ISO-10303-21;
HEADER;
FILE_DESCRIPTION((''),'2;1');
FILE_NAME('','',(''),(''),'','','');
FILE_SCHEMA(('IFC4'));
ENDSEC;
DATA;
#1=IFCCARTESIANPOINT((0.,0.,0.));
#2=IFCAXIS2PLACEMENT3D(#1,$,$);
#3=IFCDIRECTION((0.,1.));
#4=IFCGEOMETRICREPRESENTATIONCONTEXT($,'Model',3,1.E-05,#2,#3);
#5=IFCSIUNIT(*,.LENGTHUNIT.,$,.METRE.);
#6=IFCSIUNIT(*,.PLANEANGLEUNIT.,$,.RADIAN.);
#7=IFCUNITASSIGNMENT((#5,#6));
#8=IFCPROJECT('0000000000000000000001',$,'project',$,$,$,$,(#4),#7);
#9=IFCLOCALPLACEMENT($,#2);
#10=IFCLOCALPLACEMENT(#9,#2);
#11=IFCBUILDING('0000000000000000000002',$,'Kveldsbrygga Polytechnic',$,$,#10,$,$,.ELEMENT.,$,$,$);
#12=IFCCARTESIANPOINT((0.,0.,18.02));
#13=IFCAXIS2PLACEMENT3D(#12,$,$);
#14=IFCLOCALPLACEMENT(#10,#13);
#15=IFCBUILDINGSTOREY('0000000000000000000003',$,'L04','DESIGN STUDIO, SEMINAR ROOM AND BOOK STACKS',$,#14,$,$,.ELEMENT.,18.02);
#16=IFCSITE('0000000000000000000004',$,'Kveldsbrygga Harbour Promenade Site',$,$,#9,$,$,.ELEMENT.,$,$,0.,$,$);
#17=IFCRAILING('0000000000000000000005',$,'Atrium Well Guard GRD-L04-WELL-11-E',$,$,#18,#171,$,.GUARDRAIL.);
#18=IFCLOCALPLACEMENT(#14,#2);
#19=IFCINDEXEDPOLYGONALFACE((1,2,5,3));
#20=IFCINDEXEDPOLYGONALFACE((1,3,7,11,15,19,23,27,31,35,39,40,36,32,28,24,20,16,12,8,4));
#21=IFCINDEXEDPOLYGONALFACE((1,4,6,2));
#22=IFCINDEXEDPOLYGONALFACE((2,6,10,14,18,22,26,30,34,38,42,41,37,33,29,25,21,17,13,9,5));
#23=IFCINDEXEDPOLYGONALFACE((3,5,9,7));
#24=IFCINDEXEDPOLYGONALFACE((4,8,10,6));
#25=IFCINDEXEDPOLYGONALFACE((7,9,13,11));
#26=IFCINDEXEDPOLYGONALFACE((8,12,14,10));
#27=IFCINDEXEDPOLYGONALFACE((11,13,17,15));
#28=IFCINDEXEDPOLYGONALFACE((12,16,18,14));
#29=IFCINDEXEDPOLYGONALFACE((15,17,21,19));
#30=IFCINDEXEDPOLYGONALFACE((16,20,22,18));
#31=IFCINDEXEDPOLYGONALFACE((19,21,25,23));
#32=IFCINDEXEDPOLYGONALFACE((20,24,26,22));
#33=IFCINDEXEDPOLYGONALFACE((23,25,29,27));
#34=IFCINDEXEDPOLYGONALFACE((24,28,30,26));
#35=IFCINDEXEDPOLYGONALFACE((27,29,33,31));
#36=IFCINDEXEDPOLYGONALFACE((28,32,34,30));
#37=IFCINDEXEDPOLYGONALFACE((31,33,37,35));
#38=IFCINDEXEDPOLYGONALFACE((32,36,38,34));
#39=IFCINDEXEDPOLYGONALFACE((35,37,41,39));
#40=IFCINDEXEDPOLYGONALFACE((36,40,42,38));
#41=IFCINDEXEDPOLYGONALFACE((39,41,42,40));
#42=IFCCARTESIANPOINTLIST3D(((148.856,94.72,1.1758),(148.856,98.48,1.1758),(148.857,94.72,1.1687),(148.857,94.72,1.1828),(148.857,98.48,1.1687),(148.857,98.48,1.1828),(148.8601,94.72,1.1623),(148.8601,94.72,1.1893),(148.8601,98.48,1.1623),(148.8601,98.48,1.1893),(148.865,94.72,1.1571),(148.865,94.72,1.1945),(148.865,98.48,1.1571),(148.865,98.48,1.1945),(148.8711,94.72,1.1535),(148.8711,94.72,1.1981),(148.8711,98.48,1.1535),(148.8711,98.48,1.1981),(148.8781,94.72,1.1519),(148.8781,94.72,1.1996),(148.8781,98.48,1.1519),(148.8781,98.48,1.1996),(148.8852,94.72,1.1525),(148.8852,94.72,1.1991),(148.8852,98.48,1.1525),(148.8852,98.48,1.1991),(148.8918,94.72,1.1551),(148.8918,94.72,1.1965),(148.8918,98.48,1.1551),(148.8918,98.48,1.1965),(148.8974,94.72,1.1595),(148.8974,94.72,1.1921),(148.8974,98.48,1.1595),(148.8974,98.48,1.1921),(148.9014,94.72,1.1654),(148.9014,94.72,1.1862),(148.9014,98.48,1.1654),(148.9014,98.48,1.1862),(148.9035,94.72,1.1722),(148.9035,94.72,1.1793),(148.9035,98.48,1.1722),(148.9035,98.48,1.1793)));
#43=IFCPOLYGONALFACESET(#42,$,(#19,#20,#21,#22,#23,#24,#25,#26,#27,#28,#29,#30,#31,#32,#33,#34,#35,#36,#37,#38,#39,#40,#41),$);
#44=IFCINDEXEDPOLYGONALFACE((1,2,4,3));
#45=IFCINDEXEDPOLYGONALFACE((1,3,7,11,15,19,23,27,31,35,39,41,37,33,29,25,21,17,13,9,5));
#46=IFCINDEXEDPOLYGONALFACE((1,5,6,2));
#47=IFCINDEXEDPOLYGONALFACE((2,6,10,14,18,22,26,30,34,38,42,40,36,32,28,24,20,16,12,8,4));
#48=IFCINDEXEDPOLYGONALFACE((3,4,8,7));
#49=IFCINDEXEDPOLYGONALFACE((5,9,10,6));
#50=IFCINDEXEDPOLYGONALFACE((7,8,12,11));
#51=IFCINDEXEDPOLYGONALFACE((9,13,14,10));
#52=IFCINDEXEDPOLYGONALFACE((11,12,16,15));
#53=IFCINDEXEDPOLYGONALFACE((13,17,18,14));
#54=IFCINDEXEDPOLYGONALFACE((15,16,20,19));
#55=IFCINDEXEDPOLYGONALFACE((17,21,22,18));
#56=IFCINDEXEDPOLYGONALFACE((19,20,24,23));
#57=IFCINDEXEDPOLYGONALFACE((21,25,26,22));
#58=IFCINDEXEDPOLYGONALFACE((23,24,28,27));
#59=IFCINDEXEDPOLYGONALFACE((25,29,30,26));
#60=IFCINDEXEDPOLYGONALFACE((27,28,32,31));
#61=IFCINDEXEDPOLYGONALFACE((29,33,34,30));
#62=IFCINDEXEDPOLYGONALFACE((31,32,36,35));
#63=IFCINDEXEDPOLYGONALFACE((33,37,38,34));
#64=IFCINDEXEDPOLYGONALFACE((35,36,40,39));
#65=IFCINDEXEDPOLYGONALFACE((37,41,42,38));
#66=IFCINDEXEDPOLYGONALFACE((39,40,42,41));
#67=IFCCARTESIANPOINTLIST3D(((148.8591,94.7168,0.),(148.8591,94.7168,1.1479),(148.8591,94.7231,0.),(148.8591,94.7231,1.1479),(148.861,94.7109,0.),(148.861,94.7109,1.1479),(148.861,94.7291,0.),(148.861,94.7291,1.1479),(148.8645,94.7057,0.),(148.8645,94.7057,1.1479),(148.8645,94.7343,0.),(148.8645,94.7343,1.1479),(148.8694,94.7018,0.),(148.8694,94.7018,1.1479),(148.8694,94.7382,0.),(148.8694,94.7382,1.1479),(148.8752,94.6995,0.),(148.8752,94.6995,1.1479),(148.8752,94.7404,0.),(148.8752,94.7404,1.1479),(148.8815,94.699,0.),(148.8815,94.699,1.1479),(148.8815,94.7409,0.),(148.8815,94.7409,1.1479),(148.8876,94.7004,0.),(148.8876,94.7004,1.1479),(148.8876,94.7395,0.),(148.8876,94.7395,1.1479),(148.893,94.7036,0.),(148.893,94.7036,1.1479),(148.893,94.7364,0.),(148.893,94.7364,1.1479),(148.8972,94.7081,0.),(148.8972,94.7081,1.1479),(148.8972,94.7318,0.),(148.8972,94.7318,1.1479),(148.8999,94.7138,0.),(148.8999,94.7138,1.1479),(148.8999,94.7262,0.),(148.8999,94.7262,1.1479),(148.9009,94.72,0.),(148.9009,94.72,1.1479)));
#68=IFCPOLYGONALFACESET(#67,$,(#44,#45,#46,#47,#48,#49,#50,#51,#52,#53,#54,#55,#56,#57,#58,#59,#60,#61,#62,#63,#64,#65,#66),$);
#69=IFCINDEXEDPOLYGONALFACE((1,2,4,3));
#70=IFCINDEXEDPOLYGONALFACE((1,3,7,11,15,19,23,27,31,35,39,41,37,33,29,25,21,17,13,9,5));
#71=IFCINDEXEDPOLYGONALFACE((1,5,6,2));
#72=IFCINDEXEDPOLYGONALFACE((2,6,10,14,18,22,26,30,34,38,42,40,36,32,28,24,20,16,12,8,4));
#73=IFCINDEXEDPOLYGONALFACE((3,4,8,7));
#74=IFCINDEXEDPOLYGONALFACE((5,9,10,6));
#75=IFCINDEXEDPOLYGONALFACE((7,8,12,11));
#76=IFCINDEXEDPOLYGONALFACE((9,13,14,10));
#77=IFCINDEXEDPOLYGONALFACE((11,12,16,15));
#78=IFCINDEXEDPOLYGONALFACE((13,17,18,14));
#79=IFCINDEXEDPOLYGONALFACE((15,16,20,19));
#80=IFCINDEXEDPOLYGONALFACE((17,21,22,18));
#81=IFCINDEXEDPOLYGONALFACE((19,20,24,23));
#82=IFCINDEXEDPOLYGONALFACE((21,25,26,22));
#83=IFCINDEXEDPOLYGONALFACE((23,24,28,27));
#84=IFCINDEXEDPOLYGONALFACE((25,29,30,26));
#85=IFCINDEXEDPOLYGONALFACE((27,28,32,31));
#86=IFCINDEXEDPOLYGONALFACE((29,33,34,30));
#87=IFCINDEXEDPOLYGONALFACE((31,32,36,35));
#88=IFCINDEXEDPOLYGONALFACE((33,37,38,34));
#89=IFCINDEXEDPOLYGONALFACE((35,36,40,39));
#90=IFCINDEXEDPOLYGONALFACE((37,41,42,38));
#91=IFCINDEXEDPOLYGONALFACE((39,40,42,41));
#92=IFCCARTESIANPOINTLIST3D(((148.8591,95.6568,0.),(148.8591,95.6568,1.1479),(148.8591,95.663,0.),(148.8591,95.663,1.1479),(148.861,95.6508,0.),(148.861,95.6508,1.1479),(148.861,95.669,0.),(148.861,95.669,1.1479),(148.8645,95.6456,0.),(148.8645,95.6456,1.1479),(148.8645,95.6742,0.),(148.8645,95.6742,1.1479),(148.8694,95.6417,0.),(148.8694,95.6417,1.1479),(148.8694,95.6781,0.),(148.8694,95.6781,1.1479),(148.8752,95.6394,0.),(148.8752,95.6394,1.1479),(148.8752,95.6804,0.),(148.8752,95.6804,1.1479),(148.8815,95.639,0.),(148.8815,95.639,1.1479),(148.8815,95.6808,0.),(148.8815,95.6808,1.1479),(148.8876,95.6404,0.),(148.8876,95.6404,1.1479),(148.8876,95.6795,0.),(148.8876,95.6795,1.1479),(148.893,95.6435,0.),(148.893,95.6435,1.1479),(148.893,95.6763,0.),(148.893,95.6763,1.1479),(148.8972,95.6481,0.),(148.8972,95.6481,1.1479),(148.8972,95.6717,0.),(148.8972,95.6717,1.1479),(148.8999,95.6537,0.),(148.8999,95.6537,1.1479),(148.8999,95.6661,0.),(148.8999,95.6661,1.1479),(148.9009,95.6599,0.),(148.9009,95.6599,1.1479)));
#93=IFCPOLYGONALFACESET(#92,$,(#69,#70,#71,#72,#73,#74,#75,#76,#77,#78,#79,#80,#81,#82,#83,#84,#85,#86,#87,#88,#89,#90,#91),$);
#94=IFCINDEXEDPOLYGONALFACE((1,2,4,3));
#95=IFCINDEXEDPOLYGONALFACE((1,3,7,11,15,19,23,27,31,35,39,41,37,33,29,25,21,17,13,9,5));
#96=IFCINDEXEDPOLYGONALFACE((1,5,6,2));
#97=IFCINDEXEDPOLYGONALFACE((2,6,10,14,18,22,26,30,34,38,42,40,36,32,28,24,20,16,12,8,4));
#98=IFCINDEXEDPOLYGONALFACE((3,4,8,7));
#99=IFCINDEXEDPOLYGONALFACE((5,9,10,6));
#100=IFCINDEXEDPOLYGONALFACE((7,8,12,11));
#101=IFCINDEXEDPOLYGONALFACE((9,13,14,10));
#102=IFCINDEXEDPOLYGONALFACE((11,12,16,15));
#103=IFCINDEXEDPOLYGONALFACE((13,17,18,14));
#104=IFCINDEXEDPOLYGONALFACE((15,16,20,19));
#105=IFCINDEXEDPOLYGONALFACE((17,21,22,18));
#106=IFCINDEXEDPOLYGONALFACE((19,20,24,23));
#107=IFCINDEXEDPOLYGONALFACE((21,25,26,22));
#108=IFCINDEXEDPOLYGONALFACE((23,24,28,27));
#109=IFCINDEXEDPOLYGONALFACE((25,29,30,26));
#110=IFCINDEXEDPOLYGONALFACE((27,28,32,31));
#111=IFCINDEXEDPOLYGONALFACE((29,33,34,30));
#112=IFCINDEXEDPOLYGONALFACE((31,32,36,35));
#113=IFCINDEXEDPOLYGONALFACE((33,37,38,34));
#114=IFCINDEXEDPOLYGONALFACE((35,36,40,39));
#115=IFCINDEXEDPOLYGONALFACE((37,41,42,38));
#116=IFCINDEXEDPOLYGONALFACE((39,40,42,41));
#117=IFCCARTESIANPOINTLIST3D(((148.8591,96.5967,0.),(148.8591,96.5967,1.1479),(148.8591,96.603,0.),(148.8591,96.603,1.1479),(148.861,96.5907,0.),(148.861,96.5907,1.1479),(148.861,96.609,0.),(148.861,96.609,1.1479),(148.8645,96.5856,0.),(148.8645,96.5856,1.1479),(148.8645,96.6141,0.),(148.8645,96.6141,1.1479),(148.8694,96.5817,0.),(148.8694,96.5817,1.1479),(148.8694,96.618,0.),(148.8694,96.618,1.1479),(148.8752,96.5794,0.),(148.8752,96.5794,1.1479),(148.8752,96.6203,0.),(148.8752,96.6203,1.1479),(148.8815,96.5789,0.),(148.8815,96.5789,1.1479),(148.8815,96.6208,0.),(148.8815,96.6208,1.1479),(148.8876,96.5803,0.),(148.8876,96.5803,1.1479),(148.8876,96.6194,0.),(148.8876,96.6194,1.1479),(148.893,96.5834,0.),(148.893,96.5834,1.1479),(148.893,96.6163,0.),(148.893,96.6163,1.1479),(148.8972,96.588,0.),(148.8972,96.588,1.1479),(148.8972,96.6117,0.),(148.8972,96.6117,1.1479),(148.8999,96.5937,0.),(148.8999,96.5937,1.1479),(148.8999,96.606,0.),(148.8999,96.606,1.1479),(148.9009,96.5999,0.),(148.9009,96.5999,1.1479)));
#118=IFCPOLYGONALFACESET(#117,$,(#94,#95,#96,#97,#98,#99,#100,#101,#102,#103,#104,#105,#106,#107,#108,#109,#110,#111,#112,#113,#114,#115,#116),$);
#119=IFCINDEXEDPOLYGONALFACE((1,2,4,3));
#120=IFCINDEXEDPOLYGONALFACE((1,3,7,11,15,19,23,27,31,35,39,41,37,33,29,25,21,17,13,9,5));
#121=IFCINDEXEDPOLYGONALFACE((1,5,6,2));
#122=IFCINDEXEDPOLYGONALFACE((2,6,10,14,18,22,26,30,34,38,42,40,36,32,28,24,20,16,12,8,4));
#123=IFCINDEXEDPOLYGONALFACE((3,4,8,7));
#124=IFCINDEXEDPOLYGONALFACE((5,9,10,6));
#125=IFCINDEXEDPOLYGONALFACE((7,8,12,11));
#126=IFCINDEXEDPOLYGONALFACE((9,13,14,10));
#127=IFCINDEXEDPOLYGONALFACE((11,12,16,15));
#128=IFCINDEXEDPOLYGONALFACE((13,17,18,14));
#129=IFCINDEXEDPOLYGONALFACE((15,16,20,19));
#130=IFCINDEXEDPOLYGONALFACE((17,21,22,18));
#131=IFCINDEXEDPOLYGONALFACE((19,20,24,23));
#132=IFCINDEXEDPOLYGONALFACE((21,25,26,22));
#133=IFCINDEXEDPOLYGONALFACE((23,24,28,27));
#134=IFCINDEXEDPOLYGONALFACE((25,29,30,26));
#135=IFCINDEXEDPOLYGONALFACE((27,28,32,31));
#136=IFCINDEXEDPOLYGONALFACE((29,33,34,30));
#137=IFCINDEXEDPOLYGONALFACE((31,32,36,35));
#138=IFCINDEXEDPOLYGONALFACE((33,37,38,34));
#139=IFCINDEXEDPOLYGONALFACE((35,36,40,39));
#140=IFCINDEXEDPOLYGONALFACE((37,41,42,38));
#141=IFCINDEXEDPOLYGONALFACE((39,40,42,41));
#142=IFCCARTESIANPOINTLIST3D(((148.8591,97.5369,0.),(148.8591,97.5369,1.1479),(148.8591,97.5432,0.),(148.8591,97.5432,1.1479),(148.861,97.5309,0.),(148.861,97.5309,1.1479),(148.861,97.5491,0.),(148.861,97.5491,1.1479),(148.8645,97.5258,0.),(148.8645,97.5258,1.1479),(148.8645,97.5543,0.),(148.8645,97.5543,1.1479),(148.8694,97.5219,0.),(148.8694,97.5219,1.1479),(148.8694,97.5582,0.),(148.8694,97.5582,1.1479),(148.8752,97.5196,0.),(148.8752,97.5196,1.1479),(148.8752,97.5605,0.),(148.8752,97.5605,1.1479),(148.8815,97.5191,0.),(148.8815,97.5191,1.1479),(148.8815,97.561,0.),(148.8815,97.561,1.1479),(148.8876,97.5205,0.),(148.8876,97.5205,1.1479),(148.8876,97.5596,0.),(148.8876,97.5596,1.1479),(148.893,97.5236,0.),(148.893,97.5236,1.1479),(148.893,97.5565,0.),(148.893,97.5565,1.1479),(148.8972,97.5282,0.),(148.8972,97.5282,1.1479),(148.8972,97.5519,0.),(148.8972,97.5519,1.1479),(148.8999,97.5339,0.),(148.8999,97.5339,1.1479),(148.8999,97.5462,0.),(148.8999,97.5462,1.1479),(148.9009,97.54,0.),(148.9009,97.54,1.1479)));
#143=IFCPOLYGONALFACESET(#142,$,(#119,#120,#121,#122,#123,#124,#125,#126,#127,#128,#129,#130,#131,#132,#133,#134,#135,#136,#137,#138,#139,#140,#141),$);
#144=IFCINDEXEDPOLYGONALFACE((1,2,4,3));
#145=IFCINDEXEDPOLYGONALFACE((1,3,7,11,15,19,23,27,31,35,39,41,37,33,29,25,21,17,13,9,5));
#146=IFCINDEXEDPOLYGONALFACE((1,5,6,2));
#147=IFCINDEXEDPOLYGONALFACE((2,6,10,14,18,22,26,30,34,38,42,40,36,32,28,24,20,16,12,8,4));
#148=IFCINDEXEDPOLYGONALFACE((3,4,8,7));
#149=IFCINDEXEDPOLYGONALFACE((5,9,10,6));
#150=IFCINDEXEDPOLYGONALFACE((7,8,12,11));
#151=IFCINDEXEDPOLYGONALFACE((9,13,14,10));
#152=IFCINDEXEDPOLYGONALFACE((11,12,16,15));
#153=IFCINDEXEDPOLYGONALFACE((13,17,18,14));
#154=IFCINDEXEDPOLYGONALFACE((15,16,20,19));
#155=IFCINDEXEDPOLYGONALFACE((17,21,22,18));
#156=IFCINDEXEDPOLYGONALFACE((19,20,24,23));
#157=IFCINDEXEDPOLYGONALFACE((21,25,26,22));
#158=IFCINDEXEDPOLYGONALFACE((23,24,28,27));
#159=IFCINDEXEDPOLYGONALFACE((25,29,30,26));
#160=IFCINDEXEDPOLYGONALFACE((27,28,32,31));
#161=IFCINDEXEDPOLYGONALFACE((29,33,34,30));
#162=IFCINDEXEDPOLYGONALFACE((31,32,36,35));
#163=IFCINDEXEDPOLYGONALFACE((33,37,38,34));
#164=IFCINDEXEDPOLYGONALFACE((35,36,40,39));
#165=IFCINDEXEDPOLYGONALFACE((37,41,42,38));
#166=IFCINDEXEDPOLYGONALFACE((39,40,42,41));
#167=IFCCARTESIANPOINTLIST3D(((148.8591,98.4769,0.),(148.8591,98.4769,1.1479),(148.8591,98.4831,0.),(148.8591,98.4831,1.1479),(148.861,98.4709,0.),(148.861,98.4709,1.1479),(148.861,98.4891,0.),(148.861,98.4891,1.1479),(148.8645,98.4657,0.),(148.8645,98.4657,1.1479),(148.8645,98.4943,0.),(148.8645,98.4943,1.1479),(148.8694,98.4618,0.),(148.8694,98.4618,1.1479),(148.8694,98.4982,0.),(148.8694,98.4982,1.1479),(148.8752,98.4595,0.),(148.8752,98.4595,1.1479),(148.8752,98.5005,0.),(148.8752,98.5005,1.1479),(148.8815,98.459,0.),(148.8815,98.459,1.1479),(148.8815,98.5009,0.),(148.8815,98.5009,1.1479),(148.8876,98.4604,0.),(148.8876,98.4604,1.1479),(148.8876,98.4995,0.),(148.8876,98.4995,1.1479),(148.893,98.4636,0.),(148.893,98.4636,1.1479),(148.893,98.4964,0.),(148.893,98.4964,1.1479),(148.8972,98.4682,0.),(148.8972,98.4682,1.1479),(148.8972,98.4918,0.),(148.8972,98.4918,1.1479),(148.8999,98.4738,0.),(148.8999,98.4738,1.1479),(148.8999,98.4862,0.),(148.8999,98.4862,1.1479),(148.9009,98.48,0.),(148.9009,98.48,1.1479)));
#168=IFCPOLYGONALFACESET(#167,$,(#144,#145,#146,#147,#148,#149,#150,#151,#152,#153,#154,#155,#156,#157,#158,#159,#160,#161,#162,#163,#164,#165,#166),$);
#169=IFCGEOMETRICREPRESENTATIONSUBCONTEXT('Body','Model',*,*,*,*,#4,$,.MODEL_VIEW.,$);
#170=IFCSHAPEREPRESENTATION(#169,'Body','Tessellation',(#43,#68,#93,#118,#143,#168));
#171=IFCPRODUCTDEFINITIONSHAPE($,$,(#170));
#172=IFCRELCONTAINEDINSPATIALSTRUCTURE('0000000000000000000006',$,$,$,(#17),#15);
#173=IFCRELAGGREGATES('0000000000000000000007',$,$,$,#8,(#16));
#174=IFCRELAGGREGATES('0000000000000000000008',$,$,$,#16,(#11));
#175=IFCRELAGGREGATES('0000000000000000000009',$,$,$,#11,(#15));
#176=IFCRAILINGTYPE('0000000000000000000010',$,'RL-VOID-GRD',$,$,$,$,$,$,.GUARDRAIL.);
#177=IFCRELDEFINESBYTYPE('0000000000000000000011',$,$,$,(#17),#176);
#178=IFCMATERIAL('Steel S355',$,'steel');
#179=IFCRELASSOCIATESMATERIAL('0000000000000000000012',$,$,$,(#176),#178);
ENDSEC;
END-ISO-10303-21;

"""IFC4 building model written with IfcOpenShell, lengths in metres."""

from ifc_helpers import new_model, si_unit, direction, frame, origin, origin_2d, place, context, subcontext, project, spatial, circle, extrude, material, type_object, element, save


model = new_model("IFC4")

# Units and contexts
model_context = context("Model", 3, precision=1e-05, world=origin(), true_north=direction((0.0, 1.0)))
body_context = subcontext(model_context, "Body", "Model", "MODEL_VIEW")
ifc_project = project(units=[si_unit("LENGTHUNIT", "METRE"), si_unit("PLANEANGLEUNIT", "RADIAN")], contexts=[model_context])

# Site, building, storey
site_placement = place(None, origin())
site = spatial("IfcSite", under=ifc_project, at=site_placement, Name="Kveldsbrygga Harbour Promenade Site", CompositionType="ELEMENT", RefElevation=0.0)
building_placement = place(site_placement, origin())
building = spatial("IfcBuilding", under=site, at=building_placement, Name="Kveldsbrygga Polytechnic", CompositionType="ELEMENT")
storey_placement = place(building_placement, frame((0.0, 0.0, 18.02)))
storey = spatial("IfcBuildingStorey", under=building, at=storey_placement, Name="L04", Description="DESIGN STUDIO, SEMINAR ROOM AND BOOK STACKS", CompositionType="ELEMENT", Elevation=18.02)

# Shared definitions
ifc_material_1 = material(Name="Steel S355", Category="steel")

# Railing
railing_type = type_object("IfcRailingType", Name="RL-VOID-GRD", PredefinedType="GUARDRAIL", material=ifc_material_1)
railing_1_placement = place(storey_placement, frame((148.8799, 94.72, 0.0)))
element("IfcRailing", 1, at=railing_1_placement, inside=storey, type_object=railing_type, Name="Atrium Well Guard GRD-L04-WELL-11-E", PredefinedType="GUARDRAIL", context=body_context, shape_type="SweptSolid", body=[
    extrude(circle(Radius=0.0239, at=origin_2d()), frame((0.0, 0.0, 1.1758), z_axis=(0.0, 1.0, 0.0), x_axis=(-1.0, 0.0, 0.0)), (0.0, 0.0, 1.0), 3.76),
    extrude(circle(Radius=0.021, at=origin_2d()), origin(), (0.0, 0.0, 1.0), 1.1479),
    extrude(circle(Radius=0.021, at=origin_2d()), frame((0.0, 0.9399, 0.0)), (0.0, 0.0, 1.0), 1.1479),
    extrude(circle(Radius=0.021, at=origin_2d()), frame((0.0, 1.8799, 0.0)), (0.0, 0.0, 1.0), 1.1479),
    extrude(circle(Radius=0.021, at=origin_2d()), frame((0.0, 2.8201, 0.0)), (0.0, 0.0, 1.0), 1.1479),
    extrude(circle(Radius=0.021, at=origin_2d()), frame((0.0, 3.76, 0.0)), (0.0, 0.0, 1.0), 1.1479),
])

save(model, "model.ifc")
